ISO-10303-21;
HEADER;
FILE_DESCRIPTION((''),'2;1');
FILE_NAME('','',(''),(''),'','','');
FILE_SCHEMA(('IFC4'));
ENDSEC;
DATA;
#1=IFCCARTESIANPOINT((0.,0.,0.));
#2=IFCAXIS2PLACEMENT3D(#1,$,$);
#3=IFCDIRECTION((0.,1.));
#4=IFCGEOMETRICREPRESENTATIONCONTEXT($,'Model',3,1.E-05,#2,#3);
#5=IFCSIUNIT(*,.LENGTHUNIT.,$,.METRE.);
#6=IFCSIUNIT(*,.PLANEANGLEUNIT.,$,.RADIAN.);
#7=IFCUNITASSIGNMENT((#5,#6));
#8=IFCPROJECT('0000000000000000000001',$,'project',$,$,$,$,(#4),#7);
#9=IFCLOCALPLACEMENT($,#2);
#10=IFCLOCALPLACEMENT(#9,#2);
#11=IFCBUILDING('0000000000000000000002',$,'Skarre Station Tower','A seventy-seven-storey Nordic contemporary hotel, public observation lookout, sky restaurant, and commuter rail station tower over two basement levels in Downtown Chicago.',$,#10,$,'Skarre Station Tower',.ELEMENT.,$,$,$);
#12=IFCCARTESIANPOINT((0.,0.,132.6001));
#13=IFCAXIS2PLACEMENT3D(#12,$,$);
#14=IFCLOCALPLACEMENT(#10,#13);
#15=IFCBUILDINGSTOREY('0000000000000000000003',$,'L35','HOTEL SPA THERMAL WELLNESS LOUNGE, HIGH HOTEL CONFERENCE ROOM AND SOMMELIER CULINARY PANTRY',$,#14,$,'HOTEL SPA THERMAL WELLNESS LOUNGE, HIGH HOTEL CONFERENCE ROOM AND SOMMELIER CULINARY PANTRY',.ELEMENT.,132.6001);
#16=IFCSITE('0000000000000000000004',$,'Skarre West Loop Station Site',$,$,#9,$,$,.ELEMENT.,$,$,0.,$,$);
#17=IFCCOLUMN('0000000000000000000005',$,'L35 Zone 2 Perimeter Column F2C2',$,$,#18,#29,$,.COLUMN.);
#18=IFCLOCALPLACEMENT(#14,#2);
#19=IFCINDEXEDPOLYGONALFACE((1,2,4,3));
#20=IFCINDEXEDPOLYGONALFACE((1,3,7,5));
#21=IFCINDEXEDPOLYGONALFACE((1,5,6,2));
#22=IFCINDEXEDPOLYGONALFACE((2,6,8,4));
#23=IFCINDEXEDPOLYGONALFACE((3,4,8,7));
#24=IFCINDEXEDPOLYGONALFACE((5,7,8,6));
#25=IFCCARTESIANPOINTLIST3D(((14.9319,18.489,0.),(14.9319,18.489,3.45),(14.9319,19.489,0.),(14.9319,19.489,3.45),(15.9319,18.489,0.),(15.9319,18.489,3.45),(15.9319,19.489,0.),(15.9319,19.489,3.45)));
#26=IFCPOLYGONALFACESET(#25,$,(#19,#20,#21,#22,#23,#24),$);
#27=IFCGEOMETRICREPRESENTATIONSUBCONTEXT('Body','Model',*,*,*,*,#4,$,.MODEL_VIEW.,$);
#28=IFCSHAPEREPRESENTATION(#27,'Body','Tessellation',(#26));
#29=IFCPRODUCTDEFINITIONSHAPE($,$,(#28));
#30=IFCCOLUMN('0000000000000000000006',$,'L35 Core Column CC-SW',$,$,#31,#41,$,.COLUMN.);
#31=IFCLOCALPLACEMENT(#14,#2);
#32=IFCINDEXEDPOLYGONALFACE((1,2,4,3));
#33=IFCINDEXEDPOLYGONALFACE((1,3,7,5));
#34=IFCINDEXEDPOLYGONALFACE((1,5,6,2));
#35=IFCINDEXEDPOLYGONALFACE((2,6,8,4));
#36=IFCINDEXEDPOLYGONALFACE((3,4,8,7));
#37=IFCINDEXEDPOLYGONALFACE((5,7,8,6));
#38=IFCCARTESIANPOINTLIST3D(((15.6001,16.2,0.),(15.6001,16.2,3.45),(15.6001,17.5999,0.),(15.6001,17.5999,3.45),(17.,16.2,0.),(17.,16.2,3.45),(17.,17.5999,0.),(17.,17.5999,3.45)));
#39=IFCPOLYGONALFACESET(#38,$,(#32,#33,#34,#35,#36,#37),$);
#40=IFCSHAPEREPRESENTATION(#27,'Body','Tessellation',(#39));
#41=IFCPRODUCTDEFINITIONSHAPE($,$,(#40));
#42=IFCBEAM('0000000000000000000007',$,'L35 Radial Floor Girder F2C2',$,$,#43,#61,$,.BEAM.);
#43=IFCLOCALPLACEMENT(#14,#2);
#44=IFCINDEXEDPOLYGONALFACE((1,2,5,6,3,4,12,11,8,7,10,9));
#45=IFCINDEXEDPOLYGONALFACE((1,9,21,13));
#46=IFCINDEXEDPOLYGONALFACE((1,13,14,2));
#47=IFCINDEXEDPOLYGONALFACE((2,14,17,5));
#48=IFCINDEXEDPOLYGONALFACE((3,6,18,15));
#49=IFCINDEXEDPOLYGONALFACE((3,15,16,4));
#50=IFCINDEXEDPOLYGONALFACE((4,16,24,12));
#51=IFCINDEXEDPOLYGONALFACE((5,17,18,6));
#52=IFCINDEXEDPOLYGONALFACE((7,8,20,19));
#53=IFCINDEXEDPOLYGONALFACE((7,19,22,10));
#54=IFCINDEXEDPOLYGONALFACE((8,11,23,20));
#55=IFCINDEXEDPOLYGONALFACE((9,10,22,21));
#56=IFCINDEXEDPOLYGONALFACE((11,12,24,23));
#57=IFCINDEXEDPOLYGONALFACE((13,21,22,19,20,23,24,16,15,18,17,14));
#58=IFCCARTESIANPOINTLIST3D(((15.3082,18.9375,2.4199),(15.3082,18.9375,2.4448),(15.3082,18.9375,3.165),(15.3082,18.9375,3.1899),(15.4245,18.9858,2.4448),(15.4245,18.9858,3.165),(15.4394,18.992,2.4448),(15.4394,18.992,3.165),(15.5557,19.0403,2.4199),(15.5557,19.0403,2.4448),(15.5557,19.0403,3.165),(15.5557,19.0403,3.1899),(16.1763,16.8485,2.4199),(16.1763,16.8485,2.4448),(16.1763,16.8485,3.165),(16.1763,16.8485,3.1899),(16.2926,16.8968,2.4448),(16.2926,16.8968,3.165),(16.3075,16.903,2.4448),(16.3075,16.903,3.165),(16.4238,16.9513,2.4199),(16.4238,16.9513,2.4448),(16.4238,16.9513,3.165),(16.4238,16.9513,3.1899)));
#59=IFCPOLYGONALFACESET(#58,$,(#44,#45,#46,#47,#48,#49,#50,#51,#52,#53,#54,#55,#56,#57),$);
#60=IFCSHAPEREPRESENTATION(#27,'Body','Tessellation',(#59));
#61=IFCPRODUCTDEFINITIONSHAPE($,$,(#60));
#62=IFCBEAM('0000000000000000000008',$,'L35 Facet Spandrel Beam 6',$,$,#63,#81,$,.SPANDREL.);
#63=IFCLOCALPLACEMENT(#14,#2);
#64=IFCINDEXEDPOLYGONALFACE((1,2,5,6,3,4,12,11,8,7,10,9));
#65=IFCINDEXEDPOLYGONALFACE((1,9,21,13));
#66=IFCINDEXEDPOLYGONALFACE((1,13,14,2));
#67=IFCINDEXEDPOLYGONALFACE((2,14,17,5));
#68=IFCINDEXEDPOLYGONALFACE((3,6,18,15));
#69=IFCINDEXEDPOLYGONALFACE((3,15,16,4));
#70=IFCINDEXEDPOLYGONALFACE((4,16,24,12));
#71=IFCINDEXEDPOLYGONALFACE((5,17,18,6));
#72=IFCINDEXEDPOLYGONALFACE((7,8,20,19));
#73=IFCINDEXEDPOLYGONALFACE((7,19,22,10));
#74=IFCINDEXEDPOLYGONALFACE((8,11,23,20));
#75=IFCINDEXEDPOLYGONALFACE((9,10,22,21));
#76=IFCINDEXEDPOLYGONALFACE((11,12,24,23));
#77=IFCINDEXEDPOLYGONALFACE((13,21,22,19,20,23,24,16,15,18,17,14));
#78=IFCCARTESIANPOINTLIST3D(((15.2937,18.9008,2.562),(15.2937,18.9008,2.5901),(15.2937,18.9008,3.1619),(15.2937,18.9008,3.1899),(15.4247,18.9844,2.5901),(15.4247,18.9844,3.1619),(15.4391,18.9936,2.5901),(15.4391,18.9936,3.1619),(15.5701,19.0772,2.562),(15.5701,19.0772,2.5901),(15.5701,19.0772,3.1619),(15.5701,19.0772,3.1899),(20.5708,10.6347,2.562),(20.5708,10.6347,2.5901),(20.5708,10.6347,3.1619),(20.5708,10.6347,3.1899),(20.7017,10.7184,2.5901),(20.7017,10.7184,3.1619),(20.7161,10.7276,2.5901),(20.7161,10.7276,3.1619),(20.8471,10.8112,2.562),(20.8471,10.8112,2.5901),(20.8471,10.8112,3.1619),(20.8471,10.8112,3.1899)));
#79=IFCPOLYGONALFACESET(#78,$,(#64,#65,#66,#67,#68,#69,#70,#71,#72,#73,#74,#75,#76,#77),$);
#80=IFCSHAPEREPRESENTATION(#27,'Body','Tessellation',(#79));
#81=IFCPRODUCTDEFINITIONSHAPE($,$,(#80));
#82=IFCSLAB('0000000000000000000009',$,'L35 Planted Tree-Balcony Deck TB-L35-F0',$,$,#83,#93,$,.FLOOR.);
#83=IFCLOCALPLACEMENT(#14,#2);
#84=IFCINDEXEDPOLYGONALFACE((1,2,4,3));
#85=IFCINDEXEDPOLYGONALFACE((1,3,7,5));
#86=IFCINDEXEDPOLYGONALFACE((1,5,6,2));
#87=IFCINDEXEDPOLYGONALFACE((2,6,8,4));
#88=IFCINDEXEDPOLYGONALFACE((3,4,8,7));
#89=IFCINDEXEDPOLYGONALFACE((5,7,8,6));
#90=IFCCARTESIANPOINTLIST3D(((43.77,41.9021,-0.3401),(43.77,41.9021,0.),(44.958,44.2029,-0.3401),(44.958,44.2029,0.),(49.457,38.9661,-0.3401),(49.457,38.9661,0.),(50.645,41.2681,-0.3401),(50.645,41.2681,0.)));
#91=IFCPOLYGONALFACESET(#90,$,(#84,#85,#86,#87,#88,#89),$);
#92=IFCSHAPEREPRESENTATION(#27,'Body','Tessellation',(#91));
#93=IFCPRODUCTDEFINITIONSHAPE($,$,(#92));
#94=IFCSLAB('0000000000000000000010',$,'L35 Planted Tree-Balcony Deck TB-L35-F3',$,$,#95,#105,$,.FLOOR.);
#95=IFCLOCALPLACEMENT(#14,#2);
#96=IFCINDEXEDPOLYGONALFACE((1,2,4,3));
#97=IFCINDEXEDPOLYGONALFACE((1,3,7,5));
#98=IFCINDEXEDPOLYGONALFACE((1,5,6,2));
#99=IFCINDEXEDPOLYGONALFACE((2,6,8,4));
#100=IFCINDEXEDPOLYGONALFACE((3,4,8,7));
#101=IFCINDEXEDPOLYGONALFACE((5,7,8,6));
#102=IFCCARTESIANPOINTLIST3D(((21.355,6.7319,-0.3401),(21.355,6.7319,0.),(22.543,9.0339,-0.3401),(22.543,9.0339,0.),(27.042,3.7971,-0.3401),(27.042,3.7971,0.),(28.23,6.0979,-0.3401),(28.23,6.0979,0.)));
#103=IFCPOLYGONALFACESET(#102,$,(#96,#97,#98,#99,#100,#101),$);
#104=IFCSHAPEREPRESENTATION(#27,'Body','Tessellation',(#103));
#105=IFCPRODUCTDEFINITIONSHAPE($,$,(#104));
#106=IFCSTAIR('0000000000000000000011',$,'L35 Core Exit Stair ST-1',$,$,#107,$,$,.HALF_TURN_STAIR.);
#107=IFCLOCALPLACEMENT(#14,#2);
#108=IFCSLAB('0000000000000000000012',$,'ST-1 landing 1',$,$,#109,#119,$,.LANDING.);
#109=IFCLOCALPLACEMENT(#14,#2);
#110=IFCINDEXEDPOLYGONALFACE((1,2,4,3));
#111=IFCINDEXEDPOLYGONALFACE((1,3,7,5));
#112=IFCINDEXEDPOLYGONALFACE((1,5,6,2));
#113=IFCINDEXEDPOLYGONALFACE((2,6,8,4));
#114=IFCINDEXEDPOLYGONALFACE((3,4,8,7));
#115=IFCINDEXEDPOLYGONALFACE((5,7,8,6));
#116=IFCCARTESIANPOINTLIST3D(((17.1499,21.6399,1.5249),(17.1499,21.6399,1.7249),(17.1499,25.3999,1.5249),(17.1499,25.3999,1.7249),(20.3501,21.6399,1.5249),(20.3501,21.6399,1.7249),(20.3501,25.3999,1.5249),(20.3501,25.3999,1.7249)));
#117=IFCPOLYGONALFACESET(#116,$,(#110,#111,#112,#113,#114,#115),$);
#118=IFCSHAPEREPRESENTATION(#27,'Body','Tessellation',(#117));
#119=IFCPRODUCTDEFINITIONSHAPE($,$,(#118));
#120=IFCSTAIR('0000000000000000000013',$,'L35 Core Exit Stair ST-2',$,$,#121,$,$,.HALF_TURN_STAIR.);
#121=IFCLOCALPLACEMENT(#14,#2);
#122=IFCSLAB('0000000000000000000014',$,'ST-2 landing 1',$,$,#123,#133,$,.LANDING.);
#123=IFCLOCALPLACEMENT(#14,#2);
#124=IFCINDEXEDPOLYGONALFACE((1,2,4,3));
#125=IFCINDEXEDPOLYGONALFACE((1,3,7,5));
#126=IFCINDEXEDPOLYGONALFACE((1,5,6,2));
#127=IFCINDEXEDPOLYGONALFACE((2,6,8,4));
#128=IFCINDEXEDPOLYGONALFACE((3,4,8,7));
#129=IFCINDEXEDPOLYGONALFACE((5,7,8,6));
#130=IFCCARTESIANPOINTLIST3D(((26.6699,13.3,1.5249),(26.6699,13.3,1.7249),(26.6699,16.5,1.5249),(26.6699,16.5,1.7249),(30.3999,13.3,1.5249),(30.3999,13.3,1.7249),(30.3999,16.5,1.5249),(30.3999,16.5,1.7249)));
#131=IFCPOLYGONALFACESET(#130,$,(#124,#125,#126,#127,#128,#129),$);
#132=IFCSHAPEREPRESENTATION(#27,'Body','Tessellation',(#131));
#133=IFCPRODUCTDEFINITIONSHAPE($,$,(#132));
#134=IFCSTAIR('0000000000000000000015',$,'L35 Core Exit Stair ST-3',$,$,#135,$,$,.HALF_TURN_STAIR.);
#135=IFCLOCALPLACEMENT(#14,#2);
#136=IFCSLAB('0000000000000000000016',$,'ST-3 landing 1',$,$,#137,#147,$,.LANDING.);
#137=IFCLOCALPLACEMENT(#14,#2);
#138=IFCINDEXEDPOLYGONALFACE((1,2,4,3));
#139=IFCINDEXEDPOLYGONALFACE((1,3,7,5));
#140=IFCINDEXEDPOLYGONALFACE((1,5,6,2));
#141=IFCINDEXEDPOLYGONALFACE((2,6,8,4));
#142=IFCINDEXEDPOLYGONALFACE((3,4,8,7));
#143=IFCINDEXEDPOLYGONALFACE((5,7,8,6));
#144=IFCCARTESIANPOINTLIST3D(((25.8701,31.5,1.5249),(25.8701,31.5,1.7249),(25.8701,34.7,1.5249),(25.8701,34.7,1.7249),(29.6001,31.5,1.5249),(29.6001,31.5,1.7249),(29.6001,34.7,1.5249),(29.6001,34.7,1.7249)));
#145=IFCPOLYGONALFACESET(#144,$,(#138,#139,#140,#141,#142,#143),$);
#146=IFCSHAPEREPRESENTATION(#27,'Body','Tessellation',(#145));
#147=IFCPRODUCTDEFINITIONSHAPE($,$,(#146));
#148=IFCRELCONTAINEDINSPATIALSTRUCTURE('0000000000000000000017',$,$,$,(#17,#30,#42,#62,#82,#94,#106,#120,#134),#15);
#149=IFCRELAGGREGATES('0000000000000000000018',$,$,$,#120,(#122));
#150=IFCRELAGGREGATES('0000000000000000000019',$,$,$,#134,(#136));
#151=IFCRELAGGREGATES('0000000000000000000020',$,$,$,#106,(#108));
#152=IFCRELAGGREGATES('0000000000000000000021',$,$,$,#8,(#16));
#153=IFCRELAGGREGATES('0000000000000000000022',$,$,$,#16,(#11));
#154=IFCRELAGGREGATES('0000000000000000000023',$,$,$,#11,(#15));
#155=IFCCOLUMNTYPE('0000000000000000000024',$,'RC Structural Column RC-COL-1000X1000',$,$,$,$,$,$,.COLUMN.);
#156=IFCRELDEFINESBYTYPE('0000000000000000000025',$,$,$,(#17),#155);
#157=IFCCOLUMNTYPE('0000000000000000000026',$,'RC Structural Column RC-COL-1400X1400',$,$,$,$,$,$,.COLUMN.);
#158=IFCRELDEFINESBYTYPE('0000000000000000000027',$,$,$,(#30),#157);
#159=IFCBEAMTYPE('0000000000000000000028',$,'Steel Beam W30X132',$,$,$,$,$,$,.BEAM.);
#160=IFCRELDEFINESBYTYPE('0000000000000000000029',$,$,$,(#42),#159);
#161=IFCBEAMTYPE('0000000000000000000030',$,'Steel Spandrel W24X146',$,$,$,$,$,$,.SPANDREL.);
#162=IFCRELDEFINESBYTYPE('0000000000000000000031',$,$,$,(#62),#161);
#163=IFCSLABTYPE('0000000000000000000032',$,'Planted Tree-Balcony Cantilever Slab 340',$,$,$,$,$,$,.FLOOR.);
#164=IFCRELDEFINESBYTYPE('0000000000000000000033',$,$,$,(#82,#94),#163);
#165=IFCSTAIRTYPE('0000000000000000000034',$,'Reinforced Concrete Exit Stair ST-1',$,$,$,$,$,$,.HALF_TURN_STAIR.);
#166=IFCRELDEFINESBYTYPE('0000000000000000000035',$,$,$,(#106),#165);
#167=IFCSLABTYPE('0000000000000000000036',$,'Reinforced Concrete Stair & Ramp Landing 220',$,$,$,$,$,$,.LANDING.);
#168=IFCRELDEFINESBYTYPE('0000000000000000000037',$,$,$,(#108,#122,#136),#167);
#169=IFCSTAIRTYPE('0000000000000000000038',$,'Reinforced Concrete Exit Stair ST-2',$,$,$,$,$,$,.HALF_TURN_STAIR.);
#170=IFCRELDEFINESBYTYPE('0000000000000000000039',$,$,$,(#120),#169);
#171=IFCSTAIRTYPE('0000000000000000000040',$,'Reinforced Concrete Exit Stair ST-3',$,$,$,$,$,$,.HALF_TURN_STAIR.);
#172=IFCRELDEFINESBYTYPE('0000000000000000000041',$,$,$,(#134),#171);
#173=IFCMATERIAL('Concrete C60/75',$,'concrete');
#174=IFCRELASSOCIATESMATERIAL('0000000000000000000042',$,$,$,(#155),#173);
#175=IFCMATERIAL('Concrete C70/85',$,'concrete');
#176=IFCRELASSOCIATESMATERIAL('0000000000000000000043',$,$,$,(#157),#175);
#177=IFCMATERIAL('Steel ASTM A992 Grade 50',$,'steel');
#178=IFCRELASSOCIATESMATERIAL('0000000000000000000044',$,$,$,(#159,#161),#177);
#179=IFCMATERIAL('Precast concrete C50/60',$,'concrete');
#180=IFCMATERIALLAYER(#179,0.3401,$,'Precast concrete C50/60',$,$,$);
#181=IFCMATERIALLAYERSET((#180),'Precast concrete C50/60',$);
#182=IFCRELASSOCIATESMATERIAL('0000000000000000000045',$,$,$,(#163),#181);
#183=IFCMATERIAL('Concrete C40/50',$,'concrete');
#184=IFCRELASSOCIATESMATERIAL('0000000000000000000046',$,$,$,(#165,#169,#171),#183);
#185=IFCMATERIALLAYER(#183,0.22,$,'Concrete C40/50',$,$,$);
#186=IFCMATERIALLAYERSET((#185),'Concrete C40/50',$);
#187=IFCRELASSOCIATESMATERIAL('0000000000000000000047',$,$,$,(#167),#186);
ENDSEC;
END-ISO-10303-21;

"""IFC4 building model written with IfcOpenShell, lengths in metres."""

from ifc_helpers import new_model, si_unit, direction, frame, origin, origin_2d, place, context, subcontext, project, spatial, polyline, rectangle, i_section, outline, extrude, material, layer, layer_set, material_profile, profile_set, type_object, element, aggregate, save


model = new_model("IFC4")

# Units and contexts
model_context = context("Model", 3, precision=1e-05, world=origin(), true_north=direction((0.0, 1.0)))
body_context = subcontext(model_context, "Body", "Model", "MODEL_VIEW")
ifc_project = project(units=[si_unit("LENGTHUNIT", "METRE"), si_unit("PLANEANGLEUNIT", "RADIAN")], contexts=[model_context])

# Site, building, storey
site_placement = place(None, origin())
site = spatial("IfcSite", under=ifc_project, at=site_placement, Name="Skarre West Loop Station Site", CompositionType="ELEMENT", RefElevation=0.0)
building_placement = place(site_placement, origin())
building = spatial("IfcBuilding", under=site, at=building_placement, Name="Skarre Station Tower", Description="A seventy-seven-storey Nordic contemporary hotel, public observation lookout, sky restaurant, and commuter rail station tower over two basement levels in Downtown Chicago.", LongName="Skarre Station Tower", CompositionType="ELEMENT")
storey_placement = place(building_placement, frame((0.0, 0.0, 132.6001)))
storey = spatial("IfcBuildingStorey", under=building, at=storey_placement, Name="L35", Description="HOTEL SPA THERMAL WELLNESS LOUNGE, HIGH HOTEL CONFERENCE ROOM AND SOMMELIER CULINARY PANTRY", LongName="HOTEL SPA THERMAL WELLNESS LOUNGE, HIGH HOTEL CONFERENCE ROOM AND SOMMELIER CULINARY PANTRY", CompositionType="ELEMENT", Elevation=132.6001)

# Columns
ifc_material_1 = material(Name="Concrete C60/75", Category="concrete")
ifc_material_profile_1 = material_profile(ifc_material_1, rectangle(XDim=1.0, YDim=1.0, at=origin_2d()), Name="Concrete C60/75")
ifc_profile_set_1 = profile_set([ifc_material_profile_1], Name="Concrete C60/75")
column_type_1 = type_object("IfcColumnType", Name="RC Structural Column RC-COL-1000X1000", PredefinedType="COLUMN", material=ifc_profile_set_1)
column_1_placement = place(storey_placement, frame((15.4319, 18.989, 0.0), z_axis=(0.0, 0.0, 1.0), x_axis=(1.0, 0.0, 0.0)))
element("IfcColumn", 1, at=column_1_placement, inside=storey, type_object=column_type_1, Name="L35 Zone 2 Perimeter Column F2C2", PredefinedType="COLUMN", context=body_context, shape_type="SweptSolid", body=[
    extrude(rectangle(XDim=1.0, YDim=1.0, at=origin_2d()), origin(), (0.0, 0.0, 1.0), 3.45),
])
ifc_material_2 = material(Name="Concrete C70/85", Category="concrete")
ifc_material_profile_2 = material_profile(ifc_material_2, rectangle(XDim=1.3999, YDim=1.3999, at=origin_2d()), Name="Concrete C70/85")
ifc_profile_set_2 = profile_set([ifc_material_profile_2], Name="Concrete C70/85")
column_type_2 = type_object("IfcColumnType", Name="RC Structural Column RC-COL-1400X1400", PredefinedType="COLUMN", material=ifc_profile_set_2)
column_2_placement = place(storey_placement, frame((16.3, 16.8999, 0.0), z_axis=(0.0, 0.0, 1.0), x_axis=(1.0, 0.0, 0.0)))
element("IfcColumn", 2, at=column_2_placement, inside=storey, type_object=column_type_2, Name="L35 Core Column CC-SW", PredefinedType="COLUMN", context=body_context, shape_type="SweptSolid", body=[
    extrude(rectangle(XDim=1.3999, YDim=1.3999, at=origin_2d()), origin(), (0.0, 0.0, 1.0), 3.45),
])

# Beams
ifc_material_3 = material(Name="Steel ASTM A992 Grade 50", Category="steel")
ifc_material_profile_3 = material_profile(ifc_material_3, i_section(OverallWidth=0.2681, OverallDepth=0.77, WebThickness=0.0161, FlangeThickness=0.0249, at=origin_2d()), Name="Steel ASTM A992 Grade 50")
ifc_profile_set_3 = profile_set([ifc_material_profile_3], Name="Steel ASTM A992 Grade 50")
beam_type_1 = type_object("IfcBeamType", Name="Steel Beam W30X132", PredefinedType="BEAM", material=ifc_profile_set_3)
beam_1_placement = place(storey_placement, frame((16.3, 16.8999, 2.8049), z_axis=(-0.383749, 0.923437, 0.0), x_axis=(-0.923437, -0.383749, 0.0)))
element("IfcBeam", 3, at=beam_1_placement, inside=storey, type_object=beam_type_1, Name="L35 Radial Floor Girder F2C2", PredefinedType="BEAM", context=body_context, shape_type="SweptSolid", body=[
    extrude(i_section(OverallWidth=0.2681, OverallDepth=0.77, WebThickness=0.0161, FlangeThickness=0.0249, at=origin_2d()), origin(), (0.0, 0.0, 1.0), 2.2622),
])
ifc_material_profile_4 = material_profile(ifc_material_3, i_section(OverallWidth=0.3279, OverallDepth=0.6279, WebThickness=0.0171, FlangeThickness=0.0281, at=origin_2d()), Name="Steel ASTM A992 Grade 50")
ifc_profile_set_4 = profile_set([ifc_material_profile_4], Name="Steel ASTM A992 Grade 50")
beam_type_2 = type_object("IfcBeamType", Name="Steel Spandrel W24X146", PredefinedType="SPANDREL", material=ifc_profile_set_4)
beam_2_placement = place(storey_placement, frame((15.4319, 18.989, 2.876), z_axis=(0.538098, -0.842883, 0.0), x_axis=(0.842883, 0.538098, 0.0)))
element("IfcBeam", 4, at=beam_2_placement, inside=storey, type_object=beam_type_2, Name="L35 Facet Spandrel Beam 6", PredefinedType="SPANDREL", context=body_context, shape_type="SweptSolid", body=[
    extrude(i_section(OverallWidth=0.3279, OverallDepth=0.6279, WebThickness=0.0171, FlangeThickness=0.0281, at=origin_2d()), origin(), (0.0, 0.0, 1.0), 9.8069),
])

# Slabs
ifc_material_4 = material(Name="Precast concrete C50/60", Category="concrete")
ifc_layer_1 = layer(ifc_material_4, 0.3401, Name="Precast concrete C50/60")
ifc_layer_set_1 = layer_set([ifc_layer_1], Name="Precast concrete C50/60")
slab_type_1 = type_object("IfcSlabType", Name="Planted Tree-Balcony Cantilever Slab 340", PredefinedType="FLOOR", material=ifc_layer_set_1)
slab_1_placement = place(storey_placement, frame((0.0, 0.0, -0.3401)))
element("IfcSlab", 5, at=slab_1_placement, inside=storey, type_object=slab_type_1, Name="L35 Planted Tree-Balcony Deck TB-L35-F0", PredefinedType="FLOOR", context=body_context, shape_type="SweptSolid", body=[
    extrude(outline(polyline([(49.457, 38.9661), (43.77, 41.9021), (44.958, 44.2029), (50.645, 41.2681), (49.457, 38.9661)])), origin(), (0.0, 0.0, 1.0), 0.3401),
])
slab_2_placement = place(storey_placement, frame((0.0, 0.0, -0.3401)))
element("IfcSlab", 6, at=slab_2_placement, inside=storey, type_object=slab_type_1, Name="L35 Planted Tree-Balcony Deck TB-L35-F3", PredefinedType="FLOOR", context=body_context, shape_type="SweptSolid", body=[
    extrude(outline(polyline([(22.543, 9.0339), (28.23, 6.0979), (27.042, 3.7971), (21.355, 6.7319), (22.543, 9.0339)])), origin(), (0.0, 0.0, 1.0), 0.3401),
])

# Stairs, slabs
ifc_material_5 = material(Name="Concrete C40/50", Category="concrete")
stair_type_1 = type_object("IfcStairType", Name="Reinforced Concrete Exit Stair ST-1", PredefinedType="HALF_TURN_STAIR", material=ifc_material_5)
stair_1_placement = place(storey_placement, origin())
stair_1 = element("IfcStair", 7, at=stair_1_placement, inside=storey, type_object=stair_type_1, Name="L35 Core Exit Stair ST-1", PredefinedType="HALF_TURN_STAIR")
ifc_layer_2 = layer(ifc_material_5, 0.22, Name="Concrete C40/50")
ifc_layer_set_2 = layer_set([ifc_layer_2], Name="Concrete C40/50")
slab_type_2 = type_object("IfcSlabType", Name="Reinforced Concrete Stair & Ramp Landing 220", PredefinedType="LANDING", material=ifc_layer_set_2)
slab_3_placement = place(storey_placement, frame((0.0, 0.0, 1.5249)))
slab_3 = element("IfcSlab", 8, at=slab_3_placement, type_object=slab_type_2, Name="ST-1 landing 1", PredefinedType="LANDING", context=body_context, shape_type="SweptSolid", body=[
    extrude(outline(polyline([(20.3501, 21.6399), (20.3501, 25.3999), (17.1499, 25.3999), (17.1499, 21.6399), (20.3501, 21.6399)])), origin(), (0.0, 0.0, 1.0), 0.2),
])
stair_type_2 = type_object("IfcStairType", Name="Reinforced Concrete Exit Stair ST-2", PredefinedType="HALF_TURN_STAIR", material=ifc_material_5)
stair_2_placement = place(storey_placement, origin())
stair_2 = element("IfcStair", 9, at=stair_2_placement, inside=storey, type_object=stair_type_2, Name="L35 Core Exit Stair ST-2", PredefinedType="HALF_TURN_STAIR")
slab_4_placement = place(storey_placement, frame((0.0, 0.0, 1.5249)))
slab_4 = element("IfcSlab", 10, at=slab_4_placement, type_object=slab_type_2, Name="ST-2 landing 1", PredefinedType="LANDING", context=body_context, shape_type="SweptSolid", body=[
    extrude(outline(polyline([(26.6699, 13.3), (30.3999, 13.3), (30.3999, 16.5), (26.6699, 16.5), (26.6699, 13.3)])), origin(), (0.0, 0.0, 1.0), 0.2),
])
aggregate(stair_2, [slab_4])
stair_type_3 = type_object("IfcStairType", Name="Reinforced Concrete Exit Stair ST-3", PredefinedType="HALF_TURN_STAIR", material=ifc_material_5)
stair_3_placement = place(storey_placement, origin())
stair_3 = element("IfcStair", 11, at=stair_3_placement, inside=storey, type_object=stair_type_3, Name="L35 Core Exit Stair ST-3", PredefinedType="HALF_TURN_STAIR")
slab_5_placement = place(storey_placement, frame((0.0, 0.0, 1.5249)))
slab_5 = element("IfcSlab", 12, at=slab_5_placement, type_object=slab_type_2, Name="ST-3 landing 1", PredefinedType="LANDING", context=body_context, shape_type="SweptSolid", body=[
    extrude(outline(polyline([(25.8701, 31.5), (29.6001, 31.5), (29.6001, 34.7), (25.8701, 34.7), (25.8701, 31.5)])), origin(), (0.0, 0.0, 1.0), 0.2),
])
aggregate(stair_3, [slab_5])

aggregate(stair_1, [slab_3])

save(model, "model.ifc")
